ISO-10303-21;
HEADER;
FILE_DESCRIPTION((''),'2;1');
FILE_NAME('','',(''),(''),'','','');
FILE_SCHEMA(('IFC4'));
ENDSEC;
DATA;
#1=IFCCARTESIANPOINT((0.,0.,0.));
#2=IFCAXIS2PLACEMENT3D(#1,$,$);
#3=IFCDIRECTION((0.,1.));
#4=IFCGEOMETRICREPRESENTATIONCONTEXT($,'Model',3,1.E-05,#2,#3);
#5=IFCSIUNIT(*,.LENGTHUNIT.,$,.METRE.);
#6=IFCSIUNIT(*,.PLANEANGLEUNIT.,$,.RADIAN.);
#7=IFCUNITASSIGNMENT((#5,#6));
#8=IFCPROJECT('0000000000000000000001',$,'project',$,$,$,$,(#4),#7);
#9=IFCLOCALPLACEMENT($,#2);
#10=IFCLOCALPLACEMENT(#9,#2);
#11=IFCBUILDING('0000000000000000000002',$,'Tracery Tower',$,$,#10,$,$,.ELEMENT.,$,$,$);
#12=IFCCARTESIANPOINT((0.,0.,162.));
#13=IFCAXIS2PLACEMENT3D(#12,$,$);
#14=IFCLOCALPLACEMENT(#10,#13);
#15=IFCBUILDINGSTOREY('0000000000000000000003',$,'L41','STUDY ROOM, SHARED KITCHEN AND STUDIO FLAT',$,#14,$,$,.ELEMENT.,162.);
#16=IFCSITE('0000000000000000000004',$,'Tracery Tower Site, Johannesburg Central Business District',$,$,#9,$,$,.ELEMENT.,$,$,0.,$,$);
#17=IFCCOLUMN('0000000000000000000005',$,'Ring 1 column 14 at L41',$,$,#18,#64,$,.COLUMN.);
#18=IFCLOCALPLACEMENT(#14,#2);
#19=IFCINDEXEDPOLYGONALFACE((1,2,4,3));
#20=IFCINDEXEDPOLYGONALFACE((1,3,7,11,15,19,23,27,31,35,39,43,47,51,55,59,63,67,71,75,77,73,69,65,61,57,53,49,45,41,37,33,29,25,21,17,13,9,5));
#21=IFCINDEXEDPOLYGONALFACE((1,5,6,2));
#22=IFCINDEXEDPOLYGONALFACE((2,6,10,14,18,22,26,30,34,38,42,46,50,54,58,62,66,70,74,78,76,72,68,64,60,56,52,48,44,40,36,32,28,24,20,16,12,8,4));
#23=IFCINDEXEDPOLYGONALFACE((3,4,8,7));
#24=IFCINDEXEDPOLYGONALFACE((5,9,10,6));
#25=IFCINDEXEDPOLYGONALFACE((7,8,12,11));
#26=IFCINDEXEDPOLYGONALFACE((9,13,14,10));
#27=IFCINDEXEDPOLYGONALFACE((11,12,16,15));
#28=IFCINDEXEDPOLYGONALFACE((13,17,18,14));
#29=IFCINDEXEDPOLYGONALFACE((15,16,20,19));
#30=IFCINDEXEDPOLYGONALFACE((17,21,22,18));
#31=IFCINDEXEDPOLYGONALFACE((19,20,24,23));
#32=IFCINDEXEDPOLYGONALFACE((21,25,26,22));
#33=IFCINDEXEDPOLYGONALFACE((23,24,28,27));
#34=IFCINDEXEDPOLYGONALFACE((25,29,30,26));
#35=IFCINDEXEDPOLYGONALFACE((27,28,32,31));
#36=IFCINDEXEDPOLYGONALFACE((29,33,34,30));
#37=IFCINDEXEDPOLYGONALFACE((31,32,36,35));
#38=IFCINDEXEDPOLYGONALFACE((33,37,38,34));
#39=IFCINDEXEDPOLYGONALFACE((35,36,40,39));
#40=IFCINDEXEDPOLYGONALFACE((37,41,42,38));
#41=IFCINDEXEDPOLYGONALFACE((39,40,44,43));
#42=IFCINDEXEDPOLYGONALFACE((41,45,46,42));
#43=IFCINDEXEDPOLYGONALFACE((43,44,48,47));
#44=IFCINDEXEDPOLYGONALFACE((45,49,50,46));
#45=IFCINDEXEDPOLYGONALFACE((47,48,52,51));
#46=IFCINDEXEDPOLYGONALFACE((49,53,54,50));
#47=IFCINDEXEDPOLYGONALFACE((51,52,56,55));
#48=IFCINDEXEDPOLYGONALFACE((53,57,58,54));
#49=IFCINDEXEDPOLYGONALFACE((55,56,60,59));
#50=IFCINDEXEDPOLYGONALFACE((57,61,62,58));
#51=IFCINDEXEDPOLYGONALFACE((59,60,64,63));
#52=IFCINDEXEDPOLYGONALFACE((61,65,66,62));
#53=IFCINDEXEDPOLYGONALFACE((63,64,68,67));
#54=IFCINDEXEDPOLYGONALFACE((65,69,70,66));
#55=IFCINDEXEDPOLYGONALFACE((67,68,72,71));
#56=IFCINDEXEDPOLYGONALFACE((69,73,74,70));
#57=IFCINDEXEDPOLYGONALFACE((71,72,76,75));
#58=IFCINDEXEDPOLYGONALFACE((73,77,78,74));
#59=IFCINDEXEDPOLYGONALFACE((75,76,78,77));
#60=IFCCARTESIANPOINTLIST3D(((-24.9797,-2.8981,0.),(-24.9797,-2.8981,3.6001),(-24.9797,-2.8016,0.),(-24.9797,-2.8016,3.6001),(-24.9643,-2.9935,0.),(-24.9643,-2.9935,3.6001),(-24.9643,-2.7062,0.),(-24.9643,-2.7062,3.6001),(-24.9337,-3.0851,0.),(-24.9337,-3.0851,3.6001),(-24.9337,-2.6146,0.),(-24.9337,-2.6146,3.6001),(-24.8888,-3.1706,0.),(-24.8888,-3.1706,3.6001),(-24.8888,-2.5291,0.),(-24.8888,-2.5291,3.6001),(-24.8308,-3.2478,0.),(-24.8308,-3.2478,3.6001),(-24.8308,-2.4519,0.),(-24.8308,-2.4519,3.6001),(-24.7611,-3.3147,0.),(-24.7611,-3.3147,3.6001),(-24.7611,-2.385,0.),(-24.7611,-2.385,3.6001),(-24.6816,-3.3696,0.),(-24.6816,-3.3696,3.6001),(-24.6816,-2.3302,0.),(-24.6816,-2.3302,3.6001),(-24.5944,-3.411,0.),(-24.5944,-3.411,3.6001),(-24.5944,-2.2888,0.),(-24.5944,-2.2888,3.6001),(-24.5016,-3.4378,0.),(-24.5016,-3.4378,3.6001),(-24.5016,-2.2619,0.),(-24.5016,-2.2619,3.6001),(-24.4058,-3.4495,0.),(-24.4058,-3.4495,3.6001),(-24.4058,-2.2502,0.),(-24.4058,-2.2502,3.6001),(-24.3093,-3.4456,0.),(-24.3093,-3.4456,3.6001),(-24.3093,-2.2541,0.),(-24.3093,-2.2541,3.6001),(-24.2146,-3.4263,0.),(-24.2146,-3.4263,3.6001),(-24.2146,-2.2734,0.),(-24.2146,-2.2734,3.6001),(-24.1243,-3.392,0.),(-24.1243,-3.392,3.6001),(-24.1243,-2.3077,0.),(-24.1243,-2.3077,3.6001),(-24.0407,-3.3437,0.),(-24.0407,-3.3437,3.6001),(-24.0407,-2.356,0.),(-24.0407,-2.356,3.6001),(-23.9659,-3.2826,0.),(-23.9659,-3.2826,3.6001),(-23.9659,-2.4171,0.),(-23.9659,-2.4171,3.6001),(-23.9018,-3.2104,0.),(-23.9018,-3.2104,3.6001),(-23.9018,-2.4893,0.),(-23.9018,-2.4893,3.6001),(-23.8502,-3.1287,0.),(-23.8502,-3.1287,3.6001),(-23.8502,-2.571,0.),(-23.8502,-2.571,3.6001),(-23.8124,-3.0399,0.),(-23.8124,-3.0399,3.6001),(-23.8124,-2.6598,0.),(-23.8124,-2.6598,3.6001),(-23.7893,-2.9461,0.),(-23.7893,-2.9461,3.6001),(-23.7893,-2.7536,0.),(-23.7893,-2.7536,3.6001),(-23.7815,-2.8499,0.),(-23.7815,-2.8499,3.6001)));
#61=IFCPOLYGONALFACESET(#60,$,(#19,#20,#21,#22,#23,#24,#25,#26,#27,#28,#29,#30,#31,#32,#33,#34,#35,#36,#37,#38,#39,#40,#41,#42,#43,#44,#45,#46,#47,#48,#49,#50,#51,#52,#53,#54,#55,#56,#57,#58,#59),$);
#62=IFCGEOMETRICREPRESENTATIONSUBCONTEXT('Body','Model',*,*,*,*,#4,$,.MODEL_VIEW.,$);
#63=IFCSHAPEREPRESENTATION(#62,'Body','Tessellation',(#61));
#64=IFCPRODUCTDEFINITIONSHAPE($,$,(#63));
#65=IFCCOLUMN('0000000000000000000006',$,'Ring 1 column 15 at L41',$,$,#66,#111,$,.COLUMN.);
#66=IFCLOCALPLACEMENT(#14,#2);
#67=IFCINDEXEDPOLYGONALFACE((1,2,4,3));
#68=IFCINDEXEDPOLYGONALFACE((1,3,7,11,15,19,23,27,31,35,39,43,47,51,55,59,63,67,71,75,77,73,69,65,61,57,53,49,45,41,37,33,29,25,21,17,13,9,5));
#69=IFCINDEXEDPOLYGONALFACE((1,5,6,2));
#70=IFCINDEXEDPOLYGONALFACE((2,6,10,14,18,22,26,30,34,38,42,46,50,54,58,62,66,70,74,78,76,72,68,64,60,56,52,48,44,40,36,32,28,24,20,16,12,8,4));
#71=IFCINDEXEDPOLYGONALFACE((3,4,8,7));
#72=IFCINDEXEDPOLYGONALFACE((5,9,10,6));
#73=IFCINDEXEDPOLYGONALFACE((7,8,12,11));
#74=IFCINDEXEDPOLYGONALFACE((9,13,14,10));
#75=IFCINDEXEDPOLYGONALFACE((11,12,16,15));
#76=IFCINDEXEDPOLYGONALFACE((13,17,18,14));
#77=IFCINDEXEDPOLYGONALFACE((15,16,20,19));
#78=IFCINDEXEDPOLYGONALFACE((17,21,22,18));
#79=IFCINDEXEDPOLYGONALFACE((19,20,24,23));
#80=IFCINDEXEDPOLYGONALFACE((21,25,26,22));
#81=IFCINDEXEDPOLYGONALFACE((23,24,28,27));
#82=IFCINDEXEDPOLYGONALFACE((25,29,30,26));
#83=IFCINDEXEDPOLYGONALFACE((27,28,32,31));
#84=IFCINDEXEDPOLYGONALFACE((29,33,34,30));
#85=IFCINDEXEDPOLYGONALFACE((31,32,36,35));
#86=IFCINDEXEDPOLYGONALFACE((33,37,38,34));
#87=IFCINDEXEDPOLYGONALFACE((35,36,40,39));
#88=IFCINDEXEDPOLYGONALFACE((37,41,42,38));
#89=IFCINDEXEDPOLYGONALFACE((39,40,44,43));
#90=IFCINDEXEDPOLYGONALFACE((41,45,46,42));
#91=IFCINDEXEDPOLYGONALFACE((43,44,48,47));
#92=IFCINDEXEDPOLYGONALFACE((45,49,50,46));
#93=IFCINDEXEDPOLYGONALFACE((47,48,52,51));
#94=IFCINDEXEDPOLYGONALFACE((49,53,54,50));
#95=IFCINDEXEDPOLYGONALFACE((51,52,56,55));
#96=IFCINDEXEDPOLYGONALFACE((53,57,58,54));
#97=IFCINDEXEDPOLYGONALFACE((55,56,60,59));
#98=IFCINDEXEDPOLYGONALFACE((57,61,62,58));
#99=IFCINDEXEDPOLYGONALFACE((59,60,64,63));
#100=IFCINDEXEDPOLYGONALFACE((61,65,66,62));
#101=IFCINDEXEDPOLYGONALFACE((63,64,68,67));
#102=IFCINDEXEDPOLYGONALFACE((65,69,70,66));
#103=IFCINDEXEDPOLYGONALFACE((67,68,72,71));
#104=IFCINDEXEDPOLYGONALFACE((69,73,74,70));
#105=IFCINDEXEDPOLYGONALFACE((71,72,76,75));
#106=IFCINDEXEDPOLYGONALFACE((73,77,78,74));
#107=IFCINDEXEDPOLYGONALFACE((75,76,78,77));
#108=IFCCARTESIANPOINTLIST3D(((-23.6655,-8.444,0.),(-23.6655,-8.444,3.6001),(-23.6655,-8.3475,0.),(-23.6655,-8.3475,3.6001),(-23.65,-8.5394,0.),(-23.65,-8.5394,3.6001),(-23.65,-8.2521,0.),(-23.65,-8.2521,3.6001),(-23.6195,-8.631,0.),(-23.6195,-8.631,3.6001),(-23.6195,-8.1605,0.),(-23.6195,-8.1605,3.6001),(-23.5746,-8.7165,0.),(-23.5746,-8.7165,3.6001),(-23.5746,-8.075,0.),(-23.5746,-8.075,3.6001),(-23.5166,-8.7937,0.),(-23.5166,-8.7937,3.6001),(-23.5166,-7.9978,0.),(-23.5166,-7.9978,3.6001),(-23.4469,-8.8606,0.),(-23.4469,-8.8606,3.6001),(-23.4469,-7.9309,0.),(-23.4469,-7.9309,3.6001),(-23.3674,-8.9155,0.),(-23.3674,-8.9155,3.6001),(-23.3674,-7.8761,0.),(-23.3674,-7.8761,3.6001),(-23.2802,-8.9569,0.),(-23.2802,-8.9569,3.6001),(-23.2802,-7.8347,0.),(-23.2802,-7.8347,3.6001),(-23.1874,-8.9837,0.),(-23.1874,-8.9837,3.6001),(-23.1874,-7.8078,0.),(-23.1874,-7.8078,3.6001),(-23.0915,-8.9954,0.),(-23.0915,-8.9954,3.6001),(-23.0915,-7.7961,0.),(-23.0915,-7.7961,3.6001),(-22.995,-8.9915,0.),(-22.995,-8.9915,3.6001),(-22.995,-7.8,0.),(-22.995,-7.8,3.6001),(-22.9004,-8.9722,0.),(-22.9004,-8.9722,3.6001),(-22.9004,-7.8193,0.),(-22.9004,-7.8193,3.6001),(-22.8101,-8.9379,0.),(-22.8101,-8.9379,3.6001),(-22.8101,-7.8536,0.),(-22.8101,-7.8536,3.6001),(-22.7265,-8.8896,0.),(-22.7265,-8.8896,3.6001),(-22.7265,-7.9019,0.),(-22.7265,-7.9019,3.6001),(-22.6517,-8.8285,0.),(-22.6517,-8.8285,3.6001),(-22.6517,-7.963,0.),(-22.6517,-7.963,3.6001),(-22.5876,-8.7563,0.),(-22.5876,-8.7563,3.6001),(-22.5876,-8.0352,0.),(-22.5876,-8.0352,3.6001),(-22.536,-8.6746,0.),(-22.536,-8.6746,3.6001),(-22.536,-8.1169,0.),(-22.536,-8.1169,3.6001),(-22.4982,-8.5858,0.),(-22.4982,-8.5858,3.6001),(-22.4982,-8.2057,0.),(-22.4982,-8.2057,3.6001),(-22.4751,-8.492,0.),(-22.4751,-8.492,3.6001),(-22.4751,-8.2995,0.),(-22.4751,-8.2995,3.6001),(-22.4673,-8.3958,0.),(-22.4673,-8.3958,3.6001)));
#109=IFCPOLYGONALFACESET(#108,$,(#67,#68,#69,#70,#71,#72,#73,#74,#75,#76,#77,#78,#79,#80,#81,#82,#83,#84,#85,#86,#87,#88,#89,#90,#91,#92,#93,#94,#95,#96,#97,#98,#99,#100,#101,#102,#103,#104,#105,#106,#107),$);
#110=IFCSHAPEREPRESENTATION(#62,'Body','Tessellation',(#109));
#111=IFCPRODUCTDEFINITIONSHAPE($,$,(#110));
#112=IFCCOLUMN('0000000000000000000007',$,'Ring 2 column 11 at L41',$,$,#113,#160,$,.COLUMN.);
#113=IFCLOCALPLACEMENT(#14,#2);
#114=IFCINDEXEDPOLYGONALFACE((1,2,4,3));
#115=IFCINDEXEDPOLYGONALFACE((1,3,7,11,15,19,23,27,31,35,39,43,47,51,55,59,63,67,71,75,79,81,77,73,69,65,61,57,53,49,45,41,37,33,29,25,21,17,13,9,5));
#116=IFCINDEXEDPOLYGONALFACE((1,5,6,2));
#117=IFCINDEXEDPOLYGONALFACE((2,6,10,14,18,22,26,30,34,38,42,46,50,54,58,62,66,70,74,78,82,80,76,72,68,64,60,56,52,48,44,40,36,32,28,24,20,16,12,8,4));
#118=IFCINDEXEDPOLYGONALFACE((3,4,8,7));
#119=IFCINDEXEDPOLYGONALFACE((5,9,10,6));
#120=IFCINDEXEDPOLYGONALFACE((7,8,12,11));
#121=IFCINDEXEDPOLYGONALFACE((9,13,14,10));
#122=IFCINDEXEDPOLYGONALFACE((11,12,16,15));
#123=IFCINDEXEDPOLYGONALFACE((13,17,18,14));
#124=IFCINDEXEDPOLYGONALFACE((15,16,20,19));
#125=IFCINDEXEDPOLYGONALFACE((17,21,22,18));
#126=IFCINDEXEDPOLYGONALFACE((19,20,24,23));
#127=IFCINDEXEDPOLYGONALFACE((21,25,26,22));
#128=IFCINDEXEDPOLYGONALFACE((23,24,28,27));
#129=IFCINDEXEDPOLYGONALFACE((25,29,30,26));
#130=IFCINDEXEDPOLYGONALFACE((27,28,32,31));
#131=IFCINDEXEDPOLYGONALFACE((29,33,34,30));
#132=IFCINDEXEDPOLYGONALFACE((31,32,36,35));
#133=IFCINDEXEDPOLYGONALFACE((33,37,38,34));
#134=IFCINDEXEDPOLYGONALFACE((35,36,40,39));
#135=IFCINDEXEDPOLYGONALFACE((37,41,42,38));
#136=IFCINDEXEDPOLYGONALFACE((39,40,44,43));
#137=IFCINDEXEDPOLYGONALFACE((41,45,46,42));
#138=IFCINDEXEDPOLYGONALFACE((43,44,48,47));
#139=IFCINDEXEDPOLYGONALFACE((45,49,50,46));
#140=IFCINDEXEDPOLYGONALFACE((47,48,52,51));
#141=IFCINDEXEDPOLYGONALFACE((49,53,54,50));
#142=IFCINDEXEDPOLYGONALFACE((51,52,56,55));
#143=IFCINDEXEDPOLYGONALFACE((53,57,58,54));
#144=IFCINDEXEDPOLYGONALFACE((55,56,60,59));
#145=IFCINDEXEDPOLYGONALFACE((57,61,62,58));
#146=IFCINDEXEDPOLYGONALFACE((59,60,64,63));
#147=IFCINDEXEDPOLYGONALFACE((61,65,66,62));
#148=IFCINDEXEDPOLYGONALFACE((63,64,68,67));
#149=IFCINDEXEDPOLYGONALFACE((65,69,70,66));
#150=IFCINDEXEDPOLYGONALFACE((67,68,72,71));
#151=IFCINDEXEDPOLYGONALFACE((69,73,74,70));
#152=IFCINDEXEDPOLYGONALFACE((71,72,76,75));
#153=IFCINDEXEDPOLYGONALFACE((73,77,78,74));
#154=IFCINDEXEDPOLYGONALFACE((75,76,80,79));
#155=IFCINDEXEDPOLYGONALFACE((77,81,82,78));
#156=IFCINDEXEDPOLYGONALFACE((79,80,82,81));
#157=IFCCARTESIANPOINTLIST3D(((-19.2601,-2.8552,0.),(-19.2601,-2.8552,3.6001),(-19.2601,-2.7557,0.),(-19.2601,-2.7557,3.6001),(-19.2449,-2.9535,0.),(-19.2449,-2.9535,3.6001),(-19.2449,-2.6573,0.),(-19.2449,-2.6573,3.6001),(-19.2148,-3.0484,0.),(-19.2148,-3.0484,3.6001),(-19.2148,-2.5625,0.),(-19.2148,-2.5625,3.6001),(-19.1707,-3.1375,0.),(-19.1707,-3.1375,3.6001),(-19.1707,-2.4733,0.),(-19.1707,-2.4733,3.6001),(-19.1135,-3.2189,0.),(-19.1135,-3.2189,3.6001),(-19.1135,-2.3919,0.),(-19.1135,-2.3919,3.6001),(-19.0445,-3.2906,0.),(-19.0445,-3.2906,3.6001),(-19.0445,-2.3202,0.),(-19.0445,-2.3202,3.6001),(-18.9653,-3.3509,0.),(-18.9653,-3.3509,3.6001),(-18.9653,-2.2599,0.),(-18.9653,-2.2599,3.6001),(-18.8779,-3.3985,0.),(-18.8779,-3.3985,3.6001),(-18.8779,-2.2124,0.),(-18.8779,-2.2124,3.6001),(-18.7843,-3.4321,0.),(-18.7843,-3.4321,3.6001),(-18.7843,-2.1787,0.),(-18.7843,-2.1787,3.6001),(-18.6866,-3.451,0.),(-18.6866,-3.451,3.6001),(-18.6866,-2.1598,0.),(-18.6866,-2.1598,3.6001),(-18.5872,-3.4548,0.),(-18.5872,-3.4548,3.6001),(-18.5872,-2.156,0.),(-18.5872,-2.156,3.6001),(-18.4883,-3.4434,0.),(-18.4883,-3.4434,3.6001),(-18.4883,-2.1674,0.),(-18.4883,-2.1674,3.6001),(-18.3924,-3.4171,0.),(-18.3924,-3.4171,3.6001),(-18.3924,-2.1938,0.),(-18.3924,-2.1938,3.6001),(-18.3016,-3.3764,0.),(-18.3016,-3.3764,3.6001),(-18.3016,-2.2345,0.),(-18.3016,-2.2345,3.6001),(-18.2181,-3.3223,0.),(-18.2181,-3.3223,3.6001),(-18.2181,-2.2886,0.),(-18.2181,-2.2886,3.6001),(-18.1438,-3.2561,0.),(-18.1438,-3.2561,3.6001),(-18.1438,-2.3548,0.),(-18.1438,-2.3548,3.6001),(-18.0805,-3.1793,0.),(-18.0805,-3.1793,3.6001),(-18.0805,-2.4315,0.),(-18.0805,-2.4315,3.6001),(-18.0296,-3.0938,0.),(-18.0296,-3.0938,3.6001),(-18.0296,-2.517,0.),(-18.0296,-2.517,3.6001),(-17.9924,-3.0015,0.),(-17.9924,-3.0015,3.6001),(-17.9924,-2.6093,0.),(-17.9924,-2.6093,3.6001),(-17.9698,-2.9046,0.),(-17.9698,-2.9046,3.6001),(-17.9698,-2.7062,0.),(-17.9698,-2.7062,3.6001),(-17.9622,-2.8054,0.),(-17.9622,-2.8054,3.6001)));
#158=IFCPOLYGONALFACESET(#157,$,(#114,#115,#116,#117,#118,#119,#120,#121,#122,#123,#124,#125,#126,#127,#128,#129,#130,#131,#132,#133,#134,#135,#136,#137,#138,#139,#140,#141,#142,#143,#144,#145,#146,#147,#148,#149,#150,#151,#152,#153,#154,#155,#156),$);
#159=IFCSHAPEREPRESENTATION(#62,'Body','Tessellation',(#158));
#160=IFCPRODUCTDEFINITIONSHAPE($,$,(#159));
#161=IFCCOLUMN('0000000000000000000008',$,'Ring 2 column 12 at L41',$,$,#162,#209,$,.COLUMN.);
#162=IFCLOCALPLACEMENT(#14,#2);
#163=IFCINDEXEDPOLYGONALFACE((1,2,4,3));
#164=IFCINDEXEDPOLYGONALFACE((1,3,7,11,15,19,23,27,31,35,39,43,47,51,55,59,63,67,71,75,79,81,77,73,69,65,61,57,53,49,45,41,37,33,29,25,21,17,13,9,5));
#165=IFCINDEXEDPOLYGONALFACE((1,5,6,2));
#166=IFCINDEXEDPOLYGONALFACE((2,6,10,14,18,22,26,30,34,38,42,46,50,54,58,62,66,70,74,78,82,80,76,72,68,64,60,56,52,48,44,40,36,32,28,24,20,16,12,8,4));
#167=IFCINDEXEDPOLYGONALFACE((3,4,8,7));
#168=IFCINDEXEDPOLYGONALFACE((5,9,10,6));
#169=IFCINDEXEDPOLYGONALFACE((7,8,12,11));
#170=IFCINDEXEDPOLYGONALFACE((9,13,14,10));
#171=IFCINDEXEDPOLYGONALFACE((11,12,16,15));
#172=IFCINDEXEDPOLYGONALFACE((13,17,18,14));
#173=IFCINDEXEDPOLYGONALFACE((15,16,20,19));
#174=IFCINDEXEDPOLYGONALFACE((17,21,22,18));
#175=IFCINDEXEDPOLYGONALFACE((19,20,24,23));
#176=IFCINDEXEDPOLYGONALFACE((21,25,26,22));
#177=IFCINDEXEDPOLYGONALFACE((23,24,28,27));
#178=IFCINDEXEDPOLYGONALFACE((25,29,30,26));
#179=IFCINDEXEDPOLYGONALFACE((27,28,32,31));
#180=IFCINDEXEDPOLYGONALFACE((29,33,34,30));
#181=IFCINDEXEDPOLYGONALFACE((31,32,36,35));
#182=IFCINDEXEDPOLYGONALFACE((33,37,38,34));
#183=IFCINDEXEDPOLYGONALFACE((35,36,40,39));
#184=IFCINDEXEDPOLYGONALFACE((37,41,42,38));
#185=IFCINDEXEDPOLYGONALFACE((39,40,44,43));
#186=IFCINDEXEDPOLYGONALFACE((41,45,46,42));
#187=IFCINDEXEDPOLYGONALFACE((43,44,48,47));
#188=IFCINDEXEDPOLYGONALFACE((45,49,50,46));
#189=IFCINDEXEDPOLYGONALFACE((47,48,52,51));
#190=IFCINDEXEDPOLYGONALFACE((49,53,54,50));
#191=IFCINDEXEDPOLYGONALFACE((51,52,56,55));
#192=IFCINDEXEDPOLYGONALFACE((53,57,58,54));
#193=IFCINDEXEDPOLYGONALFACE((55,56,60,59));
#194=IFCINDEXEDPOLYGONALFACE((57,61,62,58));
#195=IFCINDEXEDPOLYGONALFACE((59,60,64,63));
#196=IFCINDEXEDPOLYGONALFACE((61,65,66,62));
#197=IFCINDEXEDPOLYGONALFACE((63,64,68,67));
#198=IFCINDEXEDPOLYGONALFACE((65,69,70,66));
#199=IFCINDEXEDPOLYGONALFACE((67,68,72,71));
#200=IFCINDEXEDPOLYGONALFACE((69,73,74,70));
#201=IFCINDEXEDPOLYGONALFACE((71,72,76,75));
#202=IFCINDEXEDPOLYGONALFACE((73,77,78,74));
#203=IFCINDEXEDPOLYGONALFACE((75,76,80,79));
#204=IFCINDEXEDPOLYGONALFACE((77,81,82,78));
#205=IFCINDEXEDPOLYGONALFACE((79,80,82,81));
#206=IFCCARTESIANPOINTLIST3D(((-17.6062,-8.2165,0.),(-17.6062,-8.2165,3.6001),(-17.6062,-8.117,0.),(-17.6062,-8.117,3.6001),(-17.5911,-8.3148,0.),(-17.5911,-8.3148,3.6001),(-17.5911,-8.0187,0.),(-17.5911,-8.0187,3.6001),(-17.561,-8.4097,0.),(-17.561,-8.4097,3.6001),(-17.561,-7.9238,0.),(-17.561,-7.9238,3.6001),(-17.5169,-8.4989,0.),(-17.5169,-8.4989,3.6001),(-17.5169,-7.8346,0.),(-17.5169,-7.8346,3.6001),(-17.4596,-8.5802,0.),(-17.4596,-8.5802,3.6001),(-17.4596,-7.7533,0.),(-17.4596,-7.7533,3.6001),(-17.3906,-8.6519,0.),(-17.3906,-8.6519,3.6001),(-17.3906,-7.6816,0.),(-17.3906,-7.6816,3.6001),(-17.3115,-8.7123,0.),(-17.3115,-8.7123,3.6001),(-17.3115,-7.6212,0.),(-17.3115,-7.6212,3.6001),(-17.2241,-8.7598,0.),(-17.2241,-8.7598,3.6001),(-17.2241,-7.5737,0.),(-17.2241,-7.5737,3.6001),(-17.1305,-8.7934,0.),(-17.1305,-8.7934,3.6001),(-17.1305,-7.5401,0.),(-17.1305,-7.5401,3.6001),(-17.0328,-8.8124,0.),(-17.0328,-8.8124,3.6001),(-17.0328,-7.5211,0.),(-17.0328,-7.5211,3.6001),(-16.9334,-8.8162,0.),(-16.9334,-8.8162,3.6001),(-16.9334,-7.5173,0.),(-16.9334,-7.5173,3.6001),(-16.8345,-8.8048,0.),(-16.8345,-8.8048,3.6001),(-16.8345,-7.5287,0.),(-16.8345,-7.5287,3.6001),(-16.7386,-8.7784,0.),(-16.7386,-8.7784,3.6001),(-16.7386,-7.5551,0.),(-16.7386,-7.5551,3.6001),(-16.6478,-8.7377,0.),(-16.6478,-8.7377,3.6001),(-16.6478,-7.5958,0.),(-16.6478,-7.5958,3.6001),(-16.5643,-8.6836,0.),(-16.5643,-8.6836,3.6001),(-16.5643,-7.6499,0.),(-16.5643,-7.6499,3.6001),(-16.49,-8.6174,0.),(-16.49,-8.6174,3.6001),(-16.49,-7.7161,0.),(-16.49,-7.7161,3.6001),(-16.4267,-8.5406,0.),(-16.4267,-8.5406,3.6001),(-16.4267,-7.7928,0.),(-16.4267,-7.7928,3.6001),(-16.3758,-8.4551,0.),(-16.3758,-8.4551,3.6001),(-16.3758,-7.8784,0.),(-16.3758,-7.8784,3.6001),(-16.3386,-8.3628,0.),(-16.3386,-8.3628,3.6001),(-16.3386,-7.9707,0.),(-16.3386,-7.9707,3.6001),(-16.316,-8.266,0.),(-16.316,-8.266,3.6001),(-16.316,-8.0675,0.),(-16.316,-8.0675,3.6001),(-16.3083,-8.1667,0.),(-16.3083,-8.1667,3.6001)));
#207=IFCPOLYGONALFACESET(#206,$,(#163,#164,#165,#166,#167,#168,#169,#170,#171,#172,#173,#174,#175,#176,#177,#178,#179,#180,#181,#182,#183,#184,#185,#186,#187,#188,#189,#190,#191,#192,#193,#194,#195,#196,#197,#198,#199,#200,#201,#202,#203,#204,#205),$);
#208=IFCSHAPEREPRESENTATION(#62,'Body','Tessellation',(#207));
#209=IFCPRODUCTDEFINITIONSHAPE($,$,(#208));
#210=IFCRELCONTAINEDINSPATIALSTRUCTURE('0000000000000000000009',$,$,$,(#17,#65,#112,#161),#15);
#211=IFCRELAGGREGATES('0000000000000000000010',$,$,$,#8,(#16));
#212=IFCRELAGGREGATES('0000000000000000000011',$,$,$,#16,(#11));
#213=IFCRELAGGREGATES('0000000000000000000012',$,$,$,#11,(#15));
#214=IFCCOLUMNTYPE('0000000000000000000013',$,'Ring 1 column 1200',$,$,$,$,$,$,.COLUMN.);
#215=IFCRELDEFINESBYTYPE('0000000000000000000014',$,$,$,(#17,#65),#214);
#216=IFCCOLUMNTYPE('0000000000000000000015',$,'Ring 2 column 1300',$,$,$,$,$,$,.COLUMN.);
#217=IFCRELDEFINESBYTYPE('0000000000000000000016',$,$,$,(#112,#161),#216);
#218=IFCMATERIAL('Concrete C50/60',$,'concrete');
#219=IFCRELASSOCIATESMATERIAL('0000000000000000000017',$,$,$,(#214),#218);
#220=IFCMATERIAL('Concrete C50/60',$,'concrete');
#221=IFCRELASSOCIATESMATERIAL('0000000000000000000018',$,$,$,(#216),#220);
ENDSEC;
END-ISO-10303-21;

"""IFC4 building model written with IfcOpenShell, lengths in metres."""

from ifc_helpers import new_model, si_unit, direction, frame, origin, origin_2d, place, context, subcontext, project, spatial, circle, extrude, material, material_profile, profile_set, type_object, element, save


model = new_model("IFC4")

# Units and contexts
model_context = context("Model", 3, precision=1e-05, world=origin(), true_north=direction((0.0, 1.0)))
body_context = subcontext(model_context, "Body", "Model", "MODEL_VIEW")
ifc_project = project(units=[si_unit("LENGTHUNIT", "METRE"), si_unit("PLANEANGLEUNIT", "RADIAN")], contexts=[model_context])

# Site, building, storey
site_placement = place(None, origin())
site = spatial("IfcSite", under=ifc_project, at=site_placement, Name="Tracery Tower Site, Johannesburg Central Business District", CompositionType="ELEMENT", RefElevation=0.0)
building_placement = place(site_placement, origin())
building = spatial("IfcBuilding", under=site, at=building_placement, Name="Tracery Tower", CompositionType="ELEMENT")
storey_placement = place(building_placement, frame((0.0, 0.0, 162.0)))
storey = spatial("IfcBuildingStorey", under=building, at=storey_placement, Name="L41", Description="STUDY ROOM, SHARED KITCHEN AND STUDIO FLAT", CompositionType="ELEMENT", Elevation=162.0)

# Columns
ifc_material_1 = material(Name="Concrete C50/60", Category="concrete")
ifc_material_profile_1 = material_profile(ifc_material_1, circle(Radius=0.6001, at=origin_2d()), Name="RC D1200")
ifc_profile_set_1 = profile_set([ifc_material_profile_1], Name="Concrete C50/60")
column_type_1 = type_object("IfcColumnType", Name="Ring 1 column 1200", PredefinedType="COLUMN", material=ifc_profile_set_1)
for number, where, z_axis, x_axis, name in (
    (1, (-24.3816, -2.8499, 0.0), (0.0, 0.0, 1.0), (1.0, 0.0, 0.0), "Ring 1 column 14 at L41"),
    (2, (-23.0674, -8.3958, 0.0), (0.0, 0.0, 1.0), (1.0, 0.0, 0.0), "Ring 1 column 15 at L41"),
):
    element("IfcColumn", number, at=place(storey_placement, frame(where, z_axis=z_axis, x_axis=x_axis)), inside=storey, type_object=column_type_1, Name=name, PredefinedType="COLUMN", context=body_context, shape_type="SweptSolid", body=[
        extrude(circle(Radius=0.6001, at=origin_2d()), origin(), (0.0, 0.0, 1.0), 3.6001),
    ])
ifc_material_2 = material(Name="Concrete C50/60", Category="concrete")
ifc_material_profile_2 = material_profile(ifc_material_2, circle(Radius=0.6499, at=origin_2d()), Name="RC D1300")
ifc_profile_set_2 = profile_set([ifc_material_profile_2], Name="Concrete C50/60")
column_type_2 = type_object("IfcColumnType", Name="Ring 2 column 1300", PredefinedType="COLUMN", material=ifc_profile_set_2)
for number, where, z_axis, x_axis, name in (
    (3, (-18.6121, -2.8054, 0.0), (0.0, 0.0, 1.0), (1.0, 0.0, 0.0), "Ring 2 column 11 at L41"),
    (4, (-16.9583, -8.1667, 0.0), (0.0, 0.0, 1.0), (1.0, 0.0, 0.0), "Ring 2 column 12 at L41"),
):
    element("IfcColumn", number, at=place(storey_placement, frame(where, z_axis=z_axis, x_axis=x_axis)), inside=storey, type_object=column_type_2, Name=name, PredefinedType="COLUMN", context=body_context, shape_type="SweptSolid", body=[
        extrude(circle(Radius=0.6499, at=origin_2d()), origin(), (0.0, 0.0, 1.0), 3.6001),
    ])

save(model, "model.ifc")
